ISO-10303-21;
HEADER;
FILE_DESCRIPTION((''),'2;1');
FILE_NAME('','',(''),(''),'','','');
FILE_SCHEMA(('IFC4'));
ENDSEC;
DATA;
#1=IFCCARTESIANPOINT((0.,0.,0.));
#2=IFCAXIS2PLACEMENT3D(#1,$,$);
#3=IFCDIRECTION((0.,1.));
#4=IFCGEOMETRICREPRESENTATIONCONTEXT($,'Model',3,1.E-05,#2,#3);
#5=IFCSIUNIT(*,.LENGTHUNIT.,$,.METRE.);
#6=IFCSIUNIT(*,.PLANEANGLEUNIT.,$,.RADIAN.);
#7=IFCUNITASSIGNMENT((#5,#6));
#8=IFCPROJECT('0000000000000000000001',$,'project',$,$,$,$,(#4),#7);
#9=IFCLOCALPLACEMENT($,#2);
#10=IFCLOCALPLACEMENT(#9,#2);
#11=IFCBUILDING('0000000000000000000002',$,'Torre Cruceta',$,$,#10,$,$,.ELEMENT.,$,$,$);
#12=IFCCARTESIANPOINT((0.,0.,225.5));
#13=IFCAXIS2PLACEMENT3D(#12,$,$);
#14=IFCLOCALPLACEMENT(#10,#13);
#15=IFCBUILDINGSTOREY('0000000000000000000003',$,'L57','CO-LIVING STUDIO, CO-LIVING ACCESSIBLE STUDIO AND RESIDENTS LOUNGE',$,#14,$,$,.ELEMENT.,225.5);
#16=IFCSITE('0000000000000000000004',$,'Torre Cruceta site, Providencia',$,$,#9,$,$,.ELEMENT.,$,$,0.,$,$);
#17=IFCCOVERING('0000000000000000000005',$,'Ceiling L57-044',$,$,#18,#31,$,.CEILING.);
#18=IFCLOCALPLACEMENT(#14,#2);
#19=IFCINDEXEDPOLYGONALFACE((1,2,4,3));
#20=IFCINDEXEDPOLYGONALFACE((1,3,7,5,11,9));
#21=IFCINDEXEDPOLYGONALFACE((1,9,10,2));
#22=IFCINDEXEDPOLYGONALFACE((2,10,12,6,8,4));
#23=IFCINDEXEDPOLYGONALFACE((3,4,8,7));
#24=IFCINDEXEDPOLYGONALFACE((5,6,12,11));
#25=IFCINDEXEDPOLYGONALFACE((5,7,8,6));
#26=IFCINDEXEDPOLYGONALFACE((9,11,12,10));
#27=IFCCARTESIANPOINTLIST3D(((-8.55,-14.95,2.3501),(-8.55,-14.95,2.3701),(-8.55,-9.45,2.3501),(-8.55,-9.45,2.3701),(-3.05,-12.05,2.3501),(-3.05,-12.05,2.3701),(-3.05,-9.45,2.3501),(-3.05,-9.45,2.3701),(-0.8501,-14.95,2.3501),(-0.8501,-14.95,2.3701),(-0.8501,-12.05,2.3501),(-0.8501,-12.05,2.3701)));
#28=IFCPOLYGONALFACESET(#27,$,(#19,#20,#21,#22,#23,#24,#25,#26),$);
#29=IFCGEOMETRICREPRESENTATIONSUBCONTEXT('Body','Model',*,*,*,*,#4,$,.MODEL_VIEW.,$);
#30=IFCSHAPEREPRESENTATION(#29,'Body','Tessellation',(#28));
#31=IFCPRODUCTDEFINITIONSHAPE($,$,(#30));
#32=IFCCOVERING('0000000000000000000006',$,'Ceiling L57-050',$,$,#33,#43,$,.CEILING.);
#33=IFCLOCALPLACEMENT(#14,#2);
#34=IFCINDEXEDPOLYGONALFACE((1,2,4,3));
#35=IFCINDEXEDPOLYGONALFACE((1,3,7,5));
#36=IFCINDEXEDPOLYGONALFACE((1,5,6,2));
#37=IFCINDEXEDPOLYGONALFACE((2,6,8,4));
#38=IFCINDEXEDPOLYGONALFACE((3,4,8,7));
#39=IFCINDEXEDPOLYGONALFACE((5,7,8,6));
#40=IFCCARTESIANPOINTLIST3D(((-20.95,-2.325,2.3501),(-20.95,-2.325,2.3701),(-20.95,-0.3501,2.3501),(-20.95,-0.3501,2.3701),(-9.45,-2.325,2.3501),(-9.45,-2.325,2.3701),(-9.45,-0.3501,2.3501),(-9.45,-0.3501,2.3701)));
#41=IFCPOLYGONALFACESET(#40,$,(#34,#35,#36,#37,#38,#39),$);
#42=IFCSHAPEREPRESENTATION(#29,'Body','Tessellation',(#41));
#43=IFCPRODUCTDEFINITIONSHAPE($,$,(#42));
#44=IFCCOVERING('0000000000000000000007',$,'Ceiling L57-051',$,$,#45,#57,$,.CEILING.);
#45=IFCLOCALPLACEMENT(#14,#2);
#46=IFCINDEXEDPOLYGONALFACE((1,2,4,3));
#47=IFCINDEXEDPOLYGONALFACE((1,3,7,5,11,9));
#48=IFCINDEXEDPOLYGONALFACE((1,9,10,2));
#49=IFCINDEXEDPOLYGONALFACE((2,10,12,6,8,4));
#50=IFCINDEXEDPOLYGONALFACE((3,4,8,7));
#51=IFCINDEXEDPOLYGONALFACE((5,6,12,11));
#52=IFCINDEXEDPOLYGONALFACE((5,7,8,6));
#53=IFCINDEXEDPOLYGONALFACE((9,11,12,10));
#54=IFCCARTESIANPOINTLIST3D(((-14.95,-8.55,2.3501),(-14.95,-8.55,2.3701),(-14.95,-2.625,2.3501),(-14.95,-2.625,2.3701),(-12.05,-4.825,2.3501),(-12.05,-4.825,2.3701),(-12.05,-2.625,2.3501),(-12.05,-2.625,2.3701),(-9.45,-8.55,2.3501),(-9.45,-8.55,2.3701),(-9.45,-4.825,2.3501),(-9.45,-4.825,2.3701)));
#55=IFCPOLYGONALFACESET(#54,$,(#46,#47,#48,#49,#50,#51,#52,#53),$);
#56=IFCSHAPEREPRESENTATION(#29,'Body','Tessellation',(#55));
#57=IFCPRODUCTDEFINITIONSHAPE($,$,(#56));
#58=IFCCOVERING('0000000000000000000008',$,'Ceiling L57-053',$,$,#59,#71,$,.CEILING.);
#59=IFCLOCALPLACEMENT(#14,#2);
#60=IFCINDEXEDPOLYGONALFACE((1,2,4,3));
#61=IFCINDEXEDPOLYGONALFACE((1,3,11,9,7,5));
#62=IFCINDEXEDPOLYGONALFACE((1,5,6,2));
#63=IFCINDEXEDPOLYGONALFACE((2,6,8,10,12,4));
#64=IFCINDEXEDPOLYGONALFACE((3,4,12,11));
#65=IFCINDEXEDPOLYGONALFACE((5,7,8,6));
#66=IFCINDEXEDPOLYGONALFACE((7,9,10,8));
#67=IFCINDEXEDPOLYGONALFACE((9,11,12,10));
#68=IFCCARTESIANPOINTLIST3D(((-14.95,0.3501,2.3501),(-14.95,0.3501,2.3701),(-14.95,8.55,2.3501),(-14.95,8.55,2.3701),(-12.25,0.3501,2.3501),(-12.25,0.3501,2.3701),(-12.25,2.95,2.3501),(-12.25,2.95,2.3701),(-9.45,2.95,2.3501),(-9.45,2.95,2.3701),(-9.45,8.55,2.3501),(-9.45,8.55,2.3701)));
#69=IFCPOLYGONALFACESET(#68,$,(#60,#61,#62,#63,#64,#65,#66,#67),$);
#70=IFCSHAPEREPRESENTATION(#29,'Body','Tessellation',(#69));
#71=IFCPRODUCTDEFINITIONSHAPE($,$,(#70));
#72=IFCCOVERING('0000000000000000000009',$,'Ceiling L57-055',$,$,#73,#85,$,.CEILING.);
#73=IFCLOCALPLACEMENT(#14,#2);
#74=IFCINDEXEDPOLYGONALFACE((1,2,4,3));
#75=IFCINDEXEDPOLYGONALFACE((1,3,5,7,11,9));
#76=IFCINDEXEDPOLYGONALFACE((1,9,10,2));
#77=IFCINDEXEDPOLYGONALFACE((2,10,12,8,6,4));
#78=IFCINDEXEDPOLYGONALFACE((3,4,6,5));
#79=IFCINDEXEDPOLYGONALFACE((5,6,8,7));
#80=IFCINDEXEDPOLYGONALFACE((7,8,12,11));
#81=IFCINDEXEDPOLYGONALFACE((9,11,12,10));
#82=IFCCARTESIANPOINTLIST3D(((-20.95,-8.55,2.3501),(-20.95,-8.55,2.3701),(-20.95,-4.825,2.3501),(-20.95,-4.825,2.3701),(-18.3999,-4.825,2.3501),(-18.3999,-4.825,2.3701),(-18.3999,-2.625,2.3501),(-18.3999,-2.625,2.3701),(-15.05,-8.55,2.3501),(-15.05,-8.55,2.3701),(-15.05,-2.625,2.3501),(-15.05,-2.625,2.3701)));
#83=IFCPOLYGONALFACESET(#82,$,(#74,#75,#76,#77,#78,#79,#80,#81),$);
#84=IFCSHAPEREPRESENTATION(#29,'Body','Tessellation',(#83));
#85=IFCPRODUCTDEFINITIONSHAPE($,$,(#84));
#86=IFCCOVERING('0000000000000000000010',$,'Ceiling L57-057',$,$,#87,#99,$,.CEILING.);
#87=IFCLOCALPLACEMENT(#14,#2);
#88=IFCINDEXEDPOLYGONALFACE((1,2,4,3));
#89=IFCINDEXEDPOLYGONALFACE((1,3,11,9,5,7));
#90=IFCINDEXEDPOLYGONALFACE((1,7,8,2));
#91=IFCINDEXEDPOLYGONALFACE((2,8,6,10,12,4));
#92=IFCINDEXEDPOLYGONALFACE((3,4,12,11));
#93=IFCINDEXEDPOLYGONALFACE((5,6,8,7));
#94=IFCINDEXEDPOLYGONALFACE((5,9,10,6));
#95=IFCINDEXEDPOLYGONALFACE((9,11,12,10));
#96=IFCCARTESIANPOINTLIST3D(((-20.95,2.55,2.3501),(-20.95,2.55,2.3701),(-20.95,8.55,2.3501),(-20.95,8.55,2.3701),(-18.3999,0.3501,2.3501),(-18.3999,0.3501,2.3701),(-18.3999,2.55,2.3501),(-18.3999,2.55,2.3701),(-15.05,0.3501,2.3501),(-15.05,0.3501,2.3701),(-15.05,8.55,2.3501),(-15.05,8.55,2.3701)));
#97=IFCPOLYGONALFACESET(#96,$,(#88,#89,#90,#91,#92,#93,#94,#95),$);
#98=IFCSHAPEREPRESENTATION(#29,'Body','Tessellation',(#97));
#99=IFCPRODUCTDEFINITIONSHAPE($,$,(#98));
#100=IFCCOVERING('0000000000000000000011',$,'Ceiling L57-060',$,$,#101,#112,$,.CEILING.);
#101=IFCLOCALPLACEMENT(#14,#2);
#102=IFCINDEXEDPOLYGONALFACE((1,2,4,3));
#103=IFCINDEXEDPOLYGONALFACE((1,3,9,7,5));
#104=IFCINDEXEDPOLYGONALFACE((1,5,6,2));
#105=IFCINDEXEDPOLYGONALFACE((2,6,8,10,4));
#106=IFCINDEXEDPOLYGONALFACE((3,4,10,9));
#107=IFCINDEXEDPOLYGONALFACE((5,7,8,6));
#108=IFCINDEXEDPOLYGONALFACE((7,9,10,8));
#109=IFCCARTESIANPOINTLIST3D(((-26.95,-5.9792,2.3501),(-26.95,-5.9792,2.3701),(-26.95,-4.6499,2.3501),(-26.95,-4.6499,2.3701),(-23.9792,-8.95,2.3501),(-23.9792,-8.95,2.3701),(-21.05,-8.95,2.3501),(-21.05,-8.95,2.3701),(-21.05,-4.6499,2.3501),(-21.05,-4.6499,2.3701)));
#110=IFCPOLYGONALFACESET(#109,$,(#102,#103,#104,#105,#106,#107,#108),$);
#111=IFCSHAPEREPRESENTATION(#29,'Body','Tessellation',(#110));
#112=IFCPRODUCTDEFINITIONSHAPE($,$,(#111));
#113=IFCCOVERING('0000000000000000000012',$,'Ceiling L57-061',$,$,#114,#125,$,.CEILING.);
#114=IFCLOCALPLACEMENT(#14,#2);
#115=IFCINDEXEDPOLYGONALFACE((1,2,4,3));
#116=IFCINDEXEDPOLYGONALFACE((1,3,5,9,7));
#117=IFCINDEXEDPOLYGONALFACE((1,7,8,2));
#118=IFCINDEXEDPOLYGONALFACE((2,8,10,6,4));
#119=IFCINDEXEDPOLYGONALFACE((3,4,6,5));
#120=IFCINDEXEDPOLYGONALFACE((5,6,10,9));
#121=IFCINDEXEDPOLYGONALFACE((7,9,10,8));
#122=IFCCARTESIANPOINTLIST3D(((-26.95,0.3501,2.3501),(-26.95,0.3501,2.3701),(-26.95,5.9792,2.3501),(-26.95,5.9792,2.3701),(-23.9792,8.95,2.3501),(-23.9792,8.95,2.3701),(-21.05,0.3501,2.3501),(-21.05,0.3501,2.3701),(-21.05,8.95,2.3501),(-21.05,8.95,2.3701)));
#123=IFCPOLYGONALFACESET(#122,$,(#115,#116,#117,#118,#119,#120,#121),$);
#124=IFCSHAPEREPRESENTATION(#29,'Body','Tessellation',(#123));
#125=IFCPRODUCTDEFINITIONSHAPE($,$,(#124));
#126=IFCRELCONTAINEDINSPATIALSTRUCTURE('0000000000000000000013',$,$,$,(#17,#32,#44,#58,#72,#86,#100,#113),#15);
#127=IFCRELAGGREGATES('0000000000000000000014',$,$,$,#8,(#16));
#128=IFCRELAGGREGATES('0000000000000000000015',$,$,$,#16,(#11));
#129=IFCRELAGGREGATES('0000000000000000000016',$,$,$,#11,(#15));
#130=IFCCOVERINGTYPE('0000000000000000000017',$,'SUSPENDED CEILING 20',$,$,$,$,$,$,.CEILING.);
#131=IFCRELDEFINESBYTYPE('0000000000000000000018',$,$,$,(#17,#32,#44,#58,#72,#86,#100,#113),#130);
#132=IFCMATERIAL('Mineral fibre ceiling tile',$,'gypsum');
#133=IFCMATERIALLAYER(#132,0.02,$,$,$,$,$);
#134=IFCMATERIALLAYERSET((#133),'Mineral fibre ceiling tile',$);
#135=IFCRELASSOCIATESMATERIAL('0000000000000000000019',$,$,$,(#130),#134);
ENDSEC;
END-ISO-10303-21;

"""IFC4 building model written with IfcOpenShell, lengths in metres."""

from ifc_helpers import new_model, si_unit, direction, frame, origin, place, context, subcontext, project, spatial, polyline, outline, extrude, material, layer, layer_set, type_object, element, save


model = new_model("IFC4")

# Units and contexts
model_context = context("Model", 3, precision=1e-05, world=origin(), true_north=direction((0.0, 1.0)))
body_context = subcontext(model_context, "Body", "Model", "MODEL_VIEW")
ifc_project = project(units=[si_unit("LENGTHUNIT", "METRE"), si_unit("PLANEANGLEUNIT", "RADIAN")], contexts=[model_context])

# Site, building, storey
site_placement = place(None, origin())
site = spatial("IfcSite", under=ifc_project, at=site_placement, Name="Torre Cruceta site, Providencia", CompositionType="ELEMENT", RefElevation=0.0)
building_placement = place(site_placement, origin())
building = spatial("IfcBuilding", under=site, at=building_placement, Name="Torre Cruceta", CompositionType="ELEMENT")
storey_placement = place(building_placement, frame((0.0, 0.0, 225.5)))
storey = spatial("IfcBuildingStorey", under=building, at=storey_placement, Name="L57", Description="CO-LIVING STUDIO, CO-LIVING ACCESSIBLE STUDIO AND RESIDENTS LOUNGE", CompositionType="ELEMENT", Elevation=225.5)

# Coverings
ifc_material_1 = material(Name="Mineral fibre ceiling tile", Category="gypsum")
ifc_layer_1 = layer(ifc_material_1, 0.02)
ifc_layer_set_1 = layer_set([ifc_layer_1], Name="Mineral fibre ceiling tile")
covering_type = type_object("IfcCoveringType", Name="SUSPENDED CEILING 20", PredefinedType="CEILING", material=ifc_layer_set_1)
covering_1_placement = place(storey_placement, frame((0.0, 0.0, 2.3501)))
element("IfcCovering", 1, at=covering_1_placement, inside=storey, type_object=covering_type, Name="Ceiling L57-044", PredefinedType="CEILING", context=body_context, shape_type="SweptSolid", body=[
    extrude(outline(polyline([(-0.8501, -14.95), (-8.55, -14.95), (-8.55, -9.45), (-3.05, -9.45), (-3.05, -12.05), (-0.8501, -12.05), (-0.8501, -14.95)])), origin(), (0.0, 0.0, 1.0), 0.02),
])
covering_2_placement = place(storey_placement, frame((0.0, 0.0, 2.3501)))
element("IfcCovering", 2, at=covering_2_placement, inside=storey, type_object=covering_type, Name="Ceiling L57-050", PredefinedType="CEILING", context=body_context, shape_type="SweptSolid", body=[
    extrude(outline(polyline([(-9.45, -0.3501), (-9.45, -2.325), (-20.95, -2.325), (-20.95, -0.3501), (-9.45, -0.3501)])), origin(), (0.0, 0.0, 1.0), 0.02),
])
covering_3_placement = place(storey_placement, frame((0.0, 0.0, 2.3501)))
element("IfcCovering", 3, at=covering_3_placement, inside=storey, type_object=covering_type, Name="Ceiling L57-051", PredefinedType="CEILING", context=body_context, shape_type="SweptSolid", body=[
    extrude(outline(polyline([(-9.45, -8.55), (-14.95, -8.55), (-14.95, -2.625), (-12.05, -2.625), (-12.05, -4.825), (-9.45, -4.825), (-9.45, -8.55)])), origin(), (0.0, 0.0, 1.0), 0.02),
])
covering_4_placement = place(storey_placement, frame((0.0, 0.0, 2.3501)))
element("IfcCovering", 4, at=covering_4_placement, inside=storey, type_object=covering_type, Name="Ceiling L57-053", PredefinedType="CEILING", context=body_context, shape_type="SweptSolid", body=[
    extrude(outline(polyline([(-14.95, 0.3501), (-14.95, 8.55), (-9.45, 8.55), (-9.45, 2.95), (-12.25, 2.95), (-12.25, 0.3501), (-14.95, 0.3501)])), origin(), (0.0, 0.0, 1.0), 0.02),
])
covering_5_placement = place(storey_placement, frame((0.0, 0.0, 2.3501)))
element("IfcCovering", 5, at=covering_5_placement, inside=storey, type_object=covering_type, Name="Ceiling L57-055", PredefinedType="CEILING", context=body_context, shape_type="SweptSolid", body=[
    extrude(outline(polyline([(-15.05, -2.625), (-15.05, -8.55), (-20.95, -8.55), (-20.95, -4.825), (-18.3999, -4.825), (-18.3999, -2.625), (-15.05, -2.625)])), origin(), (0.0, 0.0, 1.0), 0.02),
])
covering_6_placement = place(storey_placement, frame((0.0, 0.0, 2.3501)))
element("IfcCovering", 6, at=covering_6_placement, inside=storey, type_object=covering_type, Name="Ceiling L57-057", PredefinedType="CEILING", context=body_context, shape_type="SweptSolid", body=[
    extrude(outline(polyline([(-20.95, 8.55), (-15.05, 8.55), (-15.05, 0.3501), (-18.3999, 0.3501), (-18.3999, 2.55), (-20.95, 2.55), (-20.95, 8.55)])), origin(), (0.0, 0.0, 1.0), 0.02),
])
covering_7_placement = place(storey_placement, frame((0.0, 0.0, 2.3501)))
element("IfcCovering", 7, at=covering_7_placement, inside=storey, type_object=covering_type, Name="Ceiling L57-060", PredefinedType="CEILING", context=body_context, shape_type="SweptSolid", body=[
    extrude(outline(polyline([(-23.9792, -8.95), (-26.95, -5.9792), (-26.95, -4.6499), (-21.05, -4.6499), (-21.05, -8.95), (-23.9792, -8.95)])), origin(), (0.0, 0.0, 1.0), 0.02),
])
covering_8_placement = place(storey_placement, frame((0.0, 0.0, 2.3501)))
element("IfcCovering", 8, at=covering_8_placement, inside=storey, type_object=covering_type, Name="Ceiling L57-061", PredefinedType="CEILING", context=body_context, shape_type="SweptSolid", body=[
    extrude(outline(polyline([(-23.9792, 8.95), (-21.05, 8.95), (-21.05, 0.3501), (-26.95, 0.3501), (-26.95, 5.9792), (-23.9792, 8.95)])), origin(), (0.0, 0.0, 1.0), 0.02),
])

save(model, "model.ifc")
